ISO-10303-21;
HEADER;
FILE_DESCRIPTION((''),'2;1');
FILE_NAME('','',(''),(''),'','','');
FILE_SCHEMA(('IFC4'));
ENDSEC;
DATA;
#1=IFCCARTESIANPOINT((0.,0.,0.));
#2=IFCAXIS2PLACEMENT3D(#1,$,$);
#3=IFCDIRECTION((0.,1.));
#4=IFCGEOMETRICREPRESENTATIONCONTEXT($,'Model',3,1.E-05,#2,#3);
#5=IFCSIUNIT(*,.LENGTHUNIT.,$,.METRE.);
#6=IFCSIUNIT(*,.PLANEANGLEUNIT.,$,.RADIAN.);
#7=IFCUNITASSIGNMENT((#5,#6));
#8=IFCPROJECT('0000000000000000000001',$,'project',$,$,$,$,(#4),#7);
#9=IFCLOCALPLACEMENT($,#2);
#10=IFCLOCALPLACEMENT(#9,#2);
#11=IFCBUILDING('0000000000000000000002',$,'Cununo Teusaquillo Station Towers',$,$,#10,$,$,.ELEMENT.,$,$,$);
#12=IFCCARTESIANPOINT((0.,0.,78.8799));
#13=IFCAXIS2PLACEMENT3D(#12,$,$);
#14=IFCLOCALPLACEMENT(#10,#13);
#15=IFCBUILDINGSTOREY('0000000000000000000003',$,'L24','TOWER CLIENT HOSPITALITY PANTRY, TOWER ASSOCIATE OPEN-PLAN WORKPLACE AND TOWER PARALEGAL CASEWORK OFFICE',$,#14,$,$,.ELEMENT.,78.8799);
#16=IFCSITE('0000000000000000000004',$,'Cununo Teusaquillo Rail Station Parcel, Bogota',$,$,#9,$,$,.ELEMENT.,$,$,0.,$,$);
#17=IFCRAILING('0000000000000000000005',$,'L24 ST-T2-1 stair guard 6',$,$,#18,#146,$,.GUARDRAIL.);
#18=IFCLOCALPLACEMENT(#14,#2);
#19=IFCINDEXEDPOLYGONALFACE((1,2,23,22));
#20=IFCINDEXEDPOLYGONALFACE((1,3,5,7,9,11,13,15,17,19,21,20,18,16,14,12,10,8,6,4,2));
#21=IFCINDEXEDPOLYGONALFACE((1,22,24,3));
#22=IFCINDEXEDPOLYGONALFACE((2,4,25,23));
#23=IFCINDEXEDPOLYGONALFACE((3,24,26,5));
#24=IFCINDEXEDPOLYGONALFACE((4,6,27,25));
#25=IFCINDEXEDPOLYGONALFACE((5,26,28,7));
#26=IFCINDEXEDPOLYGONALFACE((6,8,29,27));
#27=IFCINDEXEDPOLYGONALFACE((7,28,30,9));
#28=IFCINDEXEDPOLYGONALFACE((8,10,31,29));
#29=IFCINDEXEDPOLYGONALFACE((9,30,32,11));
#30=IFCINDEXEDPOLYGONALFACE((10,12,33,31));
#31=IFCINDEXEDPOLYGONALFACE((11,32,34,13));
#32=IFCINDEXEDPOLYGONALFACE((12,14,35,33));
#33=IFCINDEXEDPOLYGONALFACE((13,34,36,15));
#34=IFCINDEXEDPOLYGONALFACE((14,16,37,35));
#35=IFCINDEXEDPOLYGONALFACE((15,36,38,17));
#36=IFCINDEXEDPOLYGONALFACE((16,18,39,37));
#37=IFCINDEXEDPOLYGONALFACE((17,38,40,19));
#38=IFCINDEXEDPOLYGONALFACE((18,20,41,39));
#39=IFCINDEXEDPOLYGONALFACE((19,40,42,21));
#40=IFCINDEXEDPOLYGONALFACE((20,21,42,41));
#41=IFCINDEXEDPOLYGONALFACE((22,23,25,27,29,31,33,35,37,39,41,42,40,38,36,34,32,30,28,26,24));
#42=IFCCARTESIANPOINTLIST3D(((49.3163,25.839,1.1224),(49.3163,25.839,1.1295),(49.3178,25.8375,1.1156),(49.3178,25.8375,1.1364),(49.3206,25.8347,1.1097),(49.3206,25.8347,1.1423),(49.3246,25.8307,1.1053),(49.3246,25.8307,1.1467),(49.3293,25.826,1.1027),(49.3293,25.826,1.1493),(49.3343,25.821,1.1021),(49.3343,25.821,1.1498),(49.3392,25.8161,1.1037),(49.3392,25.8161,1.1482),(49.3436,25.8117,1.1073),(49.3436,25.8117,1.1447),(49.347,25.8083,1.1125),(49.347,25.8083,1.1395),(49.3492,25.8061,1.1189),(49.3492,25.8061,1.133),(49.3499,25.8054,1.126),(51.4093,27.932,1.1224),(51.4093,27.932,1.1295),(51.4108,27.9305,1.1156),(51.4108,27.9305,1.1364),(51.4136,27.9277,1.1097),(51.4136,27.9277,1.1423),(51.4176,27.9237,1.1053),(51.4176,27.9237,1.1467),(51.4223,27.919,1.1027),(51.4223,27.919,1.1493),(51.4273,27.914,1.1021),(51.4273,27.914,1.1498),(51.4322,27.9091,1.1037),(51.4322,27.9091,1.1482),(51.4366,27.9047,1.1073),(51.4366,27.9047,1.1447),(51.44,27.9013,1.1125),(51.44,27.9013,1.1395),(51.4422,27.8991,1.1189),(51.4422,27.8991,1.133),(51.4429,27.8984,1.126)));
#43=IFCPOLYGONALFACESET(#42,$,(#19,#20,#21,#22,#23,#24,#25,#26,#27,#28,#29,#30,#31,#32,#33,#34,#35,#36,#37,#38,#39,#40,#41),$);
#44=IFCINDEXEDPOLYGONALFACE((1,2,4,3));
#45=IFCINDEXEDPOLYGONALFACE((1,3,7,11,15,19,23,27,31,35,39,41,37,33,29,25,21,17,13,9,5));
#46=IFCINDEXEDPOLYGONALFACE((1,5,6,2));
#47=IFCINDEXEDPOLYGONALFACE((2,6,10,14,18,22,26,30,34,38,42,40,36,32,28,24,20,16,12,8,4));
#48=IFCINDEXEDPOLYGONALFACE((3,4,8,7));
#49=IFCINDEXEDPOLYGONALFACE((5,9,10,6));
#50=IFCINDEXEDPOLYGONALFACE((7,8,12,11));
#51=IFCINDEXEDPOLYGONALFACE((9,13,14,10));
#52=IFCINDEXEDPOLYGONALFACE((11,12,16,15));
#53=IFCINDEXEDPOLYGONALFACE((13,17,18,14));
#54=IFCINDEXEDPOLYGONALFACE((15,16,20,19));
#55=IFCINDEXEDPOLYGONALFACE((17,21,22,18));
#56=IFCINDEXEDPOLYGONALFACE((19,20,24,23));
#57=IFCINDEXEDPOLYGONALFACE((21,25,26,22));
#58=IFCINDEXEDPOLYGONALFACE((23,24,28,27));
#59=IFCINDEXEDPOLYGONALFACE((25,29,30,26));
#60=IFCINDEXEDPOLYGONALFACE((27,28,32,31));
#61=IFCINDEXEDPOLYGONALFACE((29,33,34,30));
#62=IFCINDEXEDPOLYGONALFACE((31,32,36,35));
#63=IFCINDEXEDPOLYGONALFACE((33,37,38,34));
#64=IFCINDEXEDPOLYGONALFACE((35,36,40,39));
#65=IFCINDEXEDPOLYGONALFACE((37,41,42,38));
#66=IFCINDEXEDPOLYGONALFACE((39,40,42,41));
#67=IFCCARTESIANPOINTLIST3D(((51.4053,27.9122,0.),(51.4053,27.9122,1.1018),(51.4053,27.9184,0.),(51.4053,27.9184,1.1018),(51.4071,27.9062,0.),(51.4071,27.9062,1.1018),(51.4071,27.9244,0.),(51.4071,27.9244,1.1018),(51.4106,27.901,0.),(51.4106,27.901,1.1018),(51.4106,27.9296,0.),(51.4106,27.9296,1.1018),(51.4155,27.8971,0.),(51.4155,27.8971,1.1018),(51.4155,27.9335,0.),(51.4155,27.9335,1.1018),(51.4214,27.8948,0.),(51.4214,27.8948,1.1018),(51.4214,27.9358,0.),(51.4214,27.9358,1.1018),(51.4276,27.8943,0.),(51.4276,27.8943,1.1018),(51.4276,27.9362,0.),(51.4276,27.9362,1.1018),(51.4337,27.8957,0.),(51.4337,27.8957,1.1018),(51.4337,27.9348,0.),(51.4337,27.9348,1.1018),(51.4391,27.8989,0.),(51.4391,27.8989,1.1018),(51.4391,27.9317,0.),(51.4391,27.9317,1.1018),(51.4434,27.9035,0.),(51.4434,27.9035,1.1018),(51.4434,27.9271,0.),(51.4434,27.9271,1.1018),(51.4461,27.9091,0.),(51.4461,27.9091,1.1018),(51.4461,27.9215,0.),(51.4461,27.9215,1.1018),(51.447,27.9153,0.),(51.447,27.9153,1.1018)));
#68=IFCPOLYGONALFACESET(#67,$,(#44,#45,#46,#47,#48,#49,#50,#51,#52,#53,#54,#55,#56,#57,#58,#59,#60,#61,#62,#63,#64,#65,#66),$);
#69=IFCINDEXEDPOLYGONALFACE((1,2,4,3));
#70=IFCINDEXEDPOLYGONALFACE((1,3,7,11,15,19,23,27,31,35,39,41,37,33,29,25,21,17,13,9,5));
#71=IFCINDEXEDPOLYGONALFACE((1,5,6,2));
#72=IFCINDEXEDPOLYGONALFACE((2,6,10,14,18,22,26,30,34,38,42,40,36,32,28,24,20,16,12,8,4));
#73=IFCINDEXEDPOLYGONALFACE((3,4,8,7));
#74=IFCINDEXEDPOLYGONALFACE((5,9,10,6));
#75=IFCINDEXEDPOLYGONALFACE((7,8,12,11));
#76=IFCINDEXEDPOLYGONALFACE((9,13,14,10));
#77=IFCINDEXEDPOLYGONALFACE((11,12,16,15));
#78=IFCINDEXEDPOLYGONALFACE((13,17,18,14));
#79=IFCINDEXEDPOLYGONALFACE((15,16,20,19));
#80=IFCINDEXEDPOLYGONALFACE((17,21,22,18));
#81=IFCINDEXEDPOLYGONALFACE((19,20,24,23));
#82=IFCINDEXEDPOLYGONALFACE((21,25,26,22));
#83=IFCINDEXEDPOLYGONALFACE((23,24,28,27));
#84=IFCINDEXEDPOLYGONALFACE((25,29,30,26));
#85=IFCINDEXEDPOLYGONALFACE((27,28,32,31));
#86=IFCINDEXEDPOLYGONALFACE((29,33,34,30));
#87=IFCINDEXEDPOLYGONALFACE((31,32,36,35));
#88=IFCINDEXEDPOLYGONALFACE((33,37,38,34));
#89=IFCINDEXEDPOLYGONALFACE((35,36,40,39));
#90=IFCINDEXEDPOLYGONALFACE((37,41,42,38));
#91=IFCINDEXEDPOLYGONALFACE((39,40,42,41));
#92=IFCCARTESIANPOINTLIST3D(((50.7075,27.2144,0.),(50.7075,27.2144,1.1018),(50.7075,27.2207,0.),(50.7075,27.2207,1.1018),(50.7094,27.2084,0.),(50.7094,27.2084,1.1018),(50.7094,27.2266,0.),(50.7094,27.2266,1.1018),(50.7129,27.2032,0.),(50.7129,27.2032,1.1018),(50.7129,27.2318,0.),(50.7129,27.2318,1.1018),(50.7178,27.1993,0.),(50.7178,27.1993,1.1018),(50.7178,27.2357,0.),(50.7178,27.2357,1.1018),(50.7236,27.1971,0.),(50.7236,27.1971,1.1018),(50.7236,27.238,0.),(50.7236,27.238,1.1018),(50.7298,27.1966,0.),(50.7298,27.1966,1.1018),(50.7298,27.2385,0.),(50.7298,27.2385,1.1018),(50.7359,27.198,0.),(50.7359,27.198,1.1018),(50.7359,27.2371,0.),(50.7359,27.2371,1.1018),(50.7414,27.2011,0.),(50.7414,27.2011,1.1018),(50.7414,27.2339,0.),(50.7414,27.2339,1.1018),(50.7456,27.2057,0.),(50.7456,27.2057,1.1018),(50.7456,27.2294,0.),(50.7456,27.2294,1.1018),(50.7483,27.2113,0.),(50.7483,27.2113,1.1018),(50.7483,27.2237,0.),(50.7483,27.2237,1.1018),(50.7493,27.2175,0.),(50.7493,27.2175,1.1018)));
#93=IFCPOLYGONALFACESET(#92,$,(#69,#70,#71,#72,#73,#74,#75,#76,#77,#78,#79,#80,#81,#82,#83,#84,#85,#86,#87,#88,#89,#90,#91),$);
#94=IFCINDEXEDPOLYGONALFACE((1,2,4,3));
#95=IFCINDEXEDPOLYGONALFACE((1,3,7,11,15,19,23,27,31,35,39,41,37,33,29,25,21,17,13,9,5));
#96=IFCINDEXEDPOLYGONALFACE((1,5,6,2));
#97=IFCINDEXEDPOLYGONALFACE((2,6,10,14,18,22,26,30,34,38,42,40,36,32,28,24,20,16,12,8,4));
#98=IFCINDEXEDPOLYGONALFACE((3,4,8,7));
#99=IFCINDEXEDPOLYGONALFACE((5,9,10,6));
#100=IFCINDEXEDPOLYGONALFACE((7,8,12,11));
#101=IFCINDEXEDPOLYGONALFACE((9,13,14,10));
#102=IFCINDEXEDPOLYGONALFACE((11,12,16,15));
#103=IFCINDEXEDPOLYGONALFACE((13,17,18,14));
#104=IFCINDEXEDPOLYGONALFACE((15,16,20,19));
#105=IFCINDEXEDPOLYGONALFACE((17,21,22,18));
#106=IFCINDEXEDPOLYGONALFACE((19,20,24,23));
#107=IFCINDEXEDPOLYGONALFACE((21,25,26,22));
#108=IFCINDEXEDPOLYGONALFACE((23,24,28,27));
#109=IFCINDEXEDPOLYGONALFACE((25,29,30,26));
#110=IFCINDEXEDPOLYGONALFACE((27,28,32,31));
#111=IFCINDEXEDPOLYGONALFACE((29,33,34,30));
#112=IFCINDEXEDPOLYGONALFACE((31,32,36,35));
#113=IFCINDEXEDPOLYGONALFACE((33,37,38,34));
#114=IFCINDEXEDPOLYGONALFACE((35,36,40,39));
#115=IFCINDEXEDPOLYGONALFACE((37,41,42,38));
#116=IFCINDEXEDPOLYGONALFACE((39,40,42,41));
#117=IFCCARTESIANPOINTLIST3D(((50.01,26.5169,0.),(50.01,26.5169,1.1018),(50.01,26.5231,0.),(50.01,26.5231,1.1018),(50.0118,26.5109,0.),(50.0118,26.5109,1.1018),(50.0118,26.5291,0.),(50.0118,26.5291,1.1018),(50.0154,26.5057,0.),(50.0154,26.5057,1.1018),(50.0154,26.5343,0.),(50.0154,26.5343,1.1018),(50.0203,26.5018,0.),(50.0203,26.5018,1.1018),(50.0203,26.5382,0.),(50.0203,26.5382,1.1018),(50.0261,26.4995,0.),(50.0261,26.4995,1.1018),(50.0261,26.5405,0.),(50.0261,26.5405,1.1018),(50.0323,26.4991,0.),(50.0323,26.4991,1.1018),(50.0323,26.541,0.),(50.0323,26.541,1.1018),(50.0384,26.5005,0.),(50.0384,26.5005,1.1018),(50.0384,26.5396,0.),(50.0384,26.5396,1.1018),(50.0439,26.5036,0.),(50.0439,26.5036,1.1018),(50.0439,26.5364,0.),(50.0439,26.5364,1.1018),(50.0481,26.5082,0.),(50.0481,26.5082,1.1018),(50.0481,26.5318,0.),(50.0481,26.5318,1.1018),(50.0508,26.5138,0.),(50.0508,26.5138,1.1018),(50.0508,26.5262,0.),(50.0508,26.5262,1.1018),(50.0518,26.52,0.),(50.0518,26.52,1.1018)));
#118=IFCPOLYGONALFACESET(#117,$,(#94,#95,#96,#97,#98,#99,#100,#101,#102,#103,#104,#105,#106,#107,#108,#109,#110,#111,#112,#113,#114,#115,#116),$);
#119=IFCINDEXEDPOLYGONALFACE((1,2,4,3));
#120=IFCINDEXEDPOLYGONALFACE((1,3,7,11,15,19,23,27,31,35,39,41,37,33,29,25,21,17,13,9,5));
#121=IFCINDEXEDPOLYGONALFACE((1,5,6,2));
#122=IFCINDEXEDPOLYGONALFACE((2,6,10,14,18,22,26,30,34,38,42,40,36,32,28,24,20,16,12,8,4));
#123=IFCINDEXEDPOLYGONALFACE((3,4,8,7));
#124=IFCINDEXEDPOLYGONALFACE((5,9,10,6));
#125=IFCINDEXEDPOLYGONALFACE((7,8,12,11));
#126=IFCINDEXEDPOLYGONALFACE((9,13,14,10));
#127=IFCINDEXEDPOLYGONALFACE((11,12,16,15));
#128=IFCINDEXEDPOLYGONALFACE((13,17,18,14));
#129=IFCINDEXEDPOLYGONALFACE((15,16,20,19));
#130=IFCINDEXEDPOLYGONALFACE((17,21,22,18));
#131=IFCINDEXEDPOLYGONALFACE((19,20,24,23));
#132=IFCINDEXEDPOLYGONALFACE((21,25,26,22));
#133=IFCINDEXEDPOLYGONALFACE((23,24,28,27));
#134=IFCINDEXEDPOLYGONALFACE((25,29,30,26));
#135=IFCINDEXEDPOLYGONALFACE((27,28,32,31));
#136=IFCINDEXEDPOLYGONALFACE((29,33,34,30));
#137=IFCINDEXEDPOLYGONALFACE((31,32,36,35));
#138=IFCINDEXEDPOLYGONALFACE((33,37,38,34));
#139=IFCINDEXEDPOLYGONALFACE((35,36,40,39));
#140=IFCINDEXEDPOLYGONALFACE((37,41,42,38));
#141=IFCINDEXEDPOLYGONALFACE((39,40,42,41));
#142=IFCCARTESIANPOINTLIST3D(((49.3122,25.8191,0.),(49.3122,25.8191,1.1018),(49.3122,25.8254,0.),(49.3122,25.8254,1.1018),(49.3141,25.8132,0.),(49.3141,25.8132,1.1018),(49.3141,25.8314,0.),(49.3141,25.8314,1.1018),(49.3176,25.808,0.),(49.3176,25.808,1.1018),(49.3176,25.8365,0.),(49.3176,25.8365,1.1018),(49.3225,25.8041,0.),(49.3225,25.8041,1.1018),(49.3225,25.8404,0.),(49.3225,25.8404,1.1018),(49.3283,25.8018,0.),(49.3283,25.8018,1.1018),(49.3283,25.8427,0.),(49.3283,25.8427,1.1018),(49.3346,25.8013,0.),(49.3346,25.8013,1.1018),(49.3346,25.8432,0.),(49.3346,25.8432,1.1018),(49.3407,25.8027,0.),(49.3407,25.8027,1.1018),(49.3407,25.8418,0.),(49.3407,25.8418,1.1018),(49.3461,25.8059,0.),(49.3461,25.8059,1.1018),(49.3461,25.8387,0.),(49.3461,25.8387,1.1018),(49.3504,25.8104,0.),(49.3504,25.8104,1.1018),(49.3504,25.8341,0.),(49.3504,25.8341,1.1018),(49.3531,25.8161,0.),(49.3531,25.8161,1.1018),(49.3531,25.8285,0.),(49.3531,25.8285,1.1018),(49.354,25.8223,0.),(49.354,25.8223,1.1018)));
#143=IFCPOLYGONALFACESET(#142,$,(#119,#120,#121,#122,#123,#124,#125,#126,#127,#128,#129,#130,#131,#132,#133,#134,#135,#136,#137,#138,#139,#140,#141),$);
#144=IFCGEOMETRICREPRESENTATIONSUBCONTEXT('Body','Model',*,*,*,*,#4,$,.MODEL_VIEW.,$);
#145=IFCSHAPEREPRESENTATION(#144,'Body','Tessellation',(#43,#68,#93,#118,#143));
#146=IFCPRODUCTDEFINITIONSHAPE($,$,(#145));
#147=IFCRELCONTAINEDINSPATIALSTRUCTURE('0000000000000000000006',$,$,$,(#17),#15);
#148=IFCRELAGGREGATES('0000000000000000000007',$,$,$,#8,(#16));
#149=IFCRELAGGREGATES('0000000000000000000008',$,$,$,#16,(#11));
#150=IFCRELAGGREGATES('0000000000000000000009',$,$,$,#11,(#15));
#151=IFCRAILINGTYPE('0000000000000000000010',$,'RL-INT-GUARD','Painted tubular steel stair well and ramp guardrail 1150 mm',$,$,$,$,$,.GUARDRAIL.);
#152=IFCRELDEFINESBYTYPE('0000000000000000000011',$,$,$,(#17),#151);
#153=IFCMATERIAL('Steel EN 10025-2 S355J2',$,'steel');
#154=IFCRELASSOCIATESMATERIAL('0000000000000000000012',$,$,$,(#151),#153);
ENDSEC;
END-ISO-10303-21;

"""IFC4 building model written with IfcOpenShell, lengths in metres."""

from ifc_helpers import new_model, si_unit, direction, frame, origin, origin_2d, place, context, subcontext, project, spatial, circle, extrude, material, type_object, element, save


model = new_model("IFC4")

# Units and contexts
model_context = context("Model", 3, precision=1e-05, world=origin(), true_north=direction((0.0, 1.0)))
body_context = subcontext(model_context, "Body", "Model", "MODEL_VIEW")
ifc_project = project(units=[si_unit("LENGTHUNIT", "METRE"), si_unit("PLANEANGLEUNIT", "RADIAN")], contexts=[model_context])

# Site, building, storey
site_placement = place(None, origin())
site = spatial("IfcSite", under=ifc_project, at=site_placement, Name="Cununo Teusaquillo Rail Station Parcel, Bogota", CompositionType="ELEMENT", RefElevation=0.0)
building_placement = place(site_placement, origin())
building = spatial("IfcBuilding", under=site, at=building_placement, Name="Cununo Teusaquillo Station Towers", CompositionType="ELEMENT")
storey_placement = place(building_placement, frame((0.0, 0.0, 78.8799)))
storey = spatial("IfcBuildingStorey", under=building, at=storey_placement, Name="L24", Description="TOWER CLIENT HOSPITALITY PANTRY, TOWER ASSOCIATE OPEN-PLAN WORKPLACE AND TOWER PARALEGAL CASEWORK OFFICE", CompositionType="ELEMENT", Elevation=78.8799)

# Railing
ifc_material_1 = material(Name="Steel EN 10025-2 S355J2", Category="steel")
railing_type = type_object("IfcRailingType", Name="RL-INT-GUARD", Description="Painted tubular steel stair well and ramp guardrail 1150 mm", PredefinedType="GUARDRAIL", material=ifc_material_1)
railing_1_placement = place(storey_placement, frame((51.426, 27.9153, 0.0)))
element("IfcRailing", 1, at=railing_1_placement, inside=storey, type_object=railing_type, Name="L24 ST-T2-1 stair guard 6", PredefinedType="GUARDRAIL", context=body_context, shape_type="SweptSolid", body=[
    extrude(circle(Radius=0.0239, at=origin_2d()), frame((0.0, 0.0, 1.126), z_axis=(-0.707107, -0.707107, 0.0), x_axis=(0.707107, -0.707107, 0.0)), (0.0, 0.0, 1.0), 2.96),
    extrude(circle(Radius=0.021, at=origin_2d()), origin(), (0.0, 0.0, 1.0), 1.1018),
    extrude(circle(Radius=0.021, at=origin_2d()), frame((-0.6978, -0.6978, 0.0)), (0.0, 0.0, 1.0), 1.1018),
    extrude(circle(Radius=0.021, at=origin_2d()), frame((-1.3953, -1.3953, 0.0)), (0.0, 0.0, 1.0), 1.1018),
    extrude(circle(Radius=0.021, at=origin_2d()), frame((-2.093, -2.093, 0.0)), (0.0, 0.0, 1.0), 1.1018),
])

save(model, "model.ifc")
